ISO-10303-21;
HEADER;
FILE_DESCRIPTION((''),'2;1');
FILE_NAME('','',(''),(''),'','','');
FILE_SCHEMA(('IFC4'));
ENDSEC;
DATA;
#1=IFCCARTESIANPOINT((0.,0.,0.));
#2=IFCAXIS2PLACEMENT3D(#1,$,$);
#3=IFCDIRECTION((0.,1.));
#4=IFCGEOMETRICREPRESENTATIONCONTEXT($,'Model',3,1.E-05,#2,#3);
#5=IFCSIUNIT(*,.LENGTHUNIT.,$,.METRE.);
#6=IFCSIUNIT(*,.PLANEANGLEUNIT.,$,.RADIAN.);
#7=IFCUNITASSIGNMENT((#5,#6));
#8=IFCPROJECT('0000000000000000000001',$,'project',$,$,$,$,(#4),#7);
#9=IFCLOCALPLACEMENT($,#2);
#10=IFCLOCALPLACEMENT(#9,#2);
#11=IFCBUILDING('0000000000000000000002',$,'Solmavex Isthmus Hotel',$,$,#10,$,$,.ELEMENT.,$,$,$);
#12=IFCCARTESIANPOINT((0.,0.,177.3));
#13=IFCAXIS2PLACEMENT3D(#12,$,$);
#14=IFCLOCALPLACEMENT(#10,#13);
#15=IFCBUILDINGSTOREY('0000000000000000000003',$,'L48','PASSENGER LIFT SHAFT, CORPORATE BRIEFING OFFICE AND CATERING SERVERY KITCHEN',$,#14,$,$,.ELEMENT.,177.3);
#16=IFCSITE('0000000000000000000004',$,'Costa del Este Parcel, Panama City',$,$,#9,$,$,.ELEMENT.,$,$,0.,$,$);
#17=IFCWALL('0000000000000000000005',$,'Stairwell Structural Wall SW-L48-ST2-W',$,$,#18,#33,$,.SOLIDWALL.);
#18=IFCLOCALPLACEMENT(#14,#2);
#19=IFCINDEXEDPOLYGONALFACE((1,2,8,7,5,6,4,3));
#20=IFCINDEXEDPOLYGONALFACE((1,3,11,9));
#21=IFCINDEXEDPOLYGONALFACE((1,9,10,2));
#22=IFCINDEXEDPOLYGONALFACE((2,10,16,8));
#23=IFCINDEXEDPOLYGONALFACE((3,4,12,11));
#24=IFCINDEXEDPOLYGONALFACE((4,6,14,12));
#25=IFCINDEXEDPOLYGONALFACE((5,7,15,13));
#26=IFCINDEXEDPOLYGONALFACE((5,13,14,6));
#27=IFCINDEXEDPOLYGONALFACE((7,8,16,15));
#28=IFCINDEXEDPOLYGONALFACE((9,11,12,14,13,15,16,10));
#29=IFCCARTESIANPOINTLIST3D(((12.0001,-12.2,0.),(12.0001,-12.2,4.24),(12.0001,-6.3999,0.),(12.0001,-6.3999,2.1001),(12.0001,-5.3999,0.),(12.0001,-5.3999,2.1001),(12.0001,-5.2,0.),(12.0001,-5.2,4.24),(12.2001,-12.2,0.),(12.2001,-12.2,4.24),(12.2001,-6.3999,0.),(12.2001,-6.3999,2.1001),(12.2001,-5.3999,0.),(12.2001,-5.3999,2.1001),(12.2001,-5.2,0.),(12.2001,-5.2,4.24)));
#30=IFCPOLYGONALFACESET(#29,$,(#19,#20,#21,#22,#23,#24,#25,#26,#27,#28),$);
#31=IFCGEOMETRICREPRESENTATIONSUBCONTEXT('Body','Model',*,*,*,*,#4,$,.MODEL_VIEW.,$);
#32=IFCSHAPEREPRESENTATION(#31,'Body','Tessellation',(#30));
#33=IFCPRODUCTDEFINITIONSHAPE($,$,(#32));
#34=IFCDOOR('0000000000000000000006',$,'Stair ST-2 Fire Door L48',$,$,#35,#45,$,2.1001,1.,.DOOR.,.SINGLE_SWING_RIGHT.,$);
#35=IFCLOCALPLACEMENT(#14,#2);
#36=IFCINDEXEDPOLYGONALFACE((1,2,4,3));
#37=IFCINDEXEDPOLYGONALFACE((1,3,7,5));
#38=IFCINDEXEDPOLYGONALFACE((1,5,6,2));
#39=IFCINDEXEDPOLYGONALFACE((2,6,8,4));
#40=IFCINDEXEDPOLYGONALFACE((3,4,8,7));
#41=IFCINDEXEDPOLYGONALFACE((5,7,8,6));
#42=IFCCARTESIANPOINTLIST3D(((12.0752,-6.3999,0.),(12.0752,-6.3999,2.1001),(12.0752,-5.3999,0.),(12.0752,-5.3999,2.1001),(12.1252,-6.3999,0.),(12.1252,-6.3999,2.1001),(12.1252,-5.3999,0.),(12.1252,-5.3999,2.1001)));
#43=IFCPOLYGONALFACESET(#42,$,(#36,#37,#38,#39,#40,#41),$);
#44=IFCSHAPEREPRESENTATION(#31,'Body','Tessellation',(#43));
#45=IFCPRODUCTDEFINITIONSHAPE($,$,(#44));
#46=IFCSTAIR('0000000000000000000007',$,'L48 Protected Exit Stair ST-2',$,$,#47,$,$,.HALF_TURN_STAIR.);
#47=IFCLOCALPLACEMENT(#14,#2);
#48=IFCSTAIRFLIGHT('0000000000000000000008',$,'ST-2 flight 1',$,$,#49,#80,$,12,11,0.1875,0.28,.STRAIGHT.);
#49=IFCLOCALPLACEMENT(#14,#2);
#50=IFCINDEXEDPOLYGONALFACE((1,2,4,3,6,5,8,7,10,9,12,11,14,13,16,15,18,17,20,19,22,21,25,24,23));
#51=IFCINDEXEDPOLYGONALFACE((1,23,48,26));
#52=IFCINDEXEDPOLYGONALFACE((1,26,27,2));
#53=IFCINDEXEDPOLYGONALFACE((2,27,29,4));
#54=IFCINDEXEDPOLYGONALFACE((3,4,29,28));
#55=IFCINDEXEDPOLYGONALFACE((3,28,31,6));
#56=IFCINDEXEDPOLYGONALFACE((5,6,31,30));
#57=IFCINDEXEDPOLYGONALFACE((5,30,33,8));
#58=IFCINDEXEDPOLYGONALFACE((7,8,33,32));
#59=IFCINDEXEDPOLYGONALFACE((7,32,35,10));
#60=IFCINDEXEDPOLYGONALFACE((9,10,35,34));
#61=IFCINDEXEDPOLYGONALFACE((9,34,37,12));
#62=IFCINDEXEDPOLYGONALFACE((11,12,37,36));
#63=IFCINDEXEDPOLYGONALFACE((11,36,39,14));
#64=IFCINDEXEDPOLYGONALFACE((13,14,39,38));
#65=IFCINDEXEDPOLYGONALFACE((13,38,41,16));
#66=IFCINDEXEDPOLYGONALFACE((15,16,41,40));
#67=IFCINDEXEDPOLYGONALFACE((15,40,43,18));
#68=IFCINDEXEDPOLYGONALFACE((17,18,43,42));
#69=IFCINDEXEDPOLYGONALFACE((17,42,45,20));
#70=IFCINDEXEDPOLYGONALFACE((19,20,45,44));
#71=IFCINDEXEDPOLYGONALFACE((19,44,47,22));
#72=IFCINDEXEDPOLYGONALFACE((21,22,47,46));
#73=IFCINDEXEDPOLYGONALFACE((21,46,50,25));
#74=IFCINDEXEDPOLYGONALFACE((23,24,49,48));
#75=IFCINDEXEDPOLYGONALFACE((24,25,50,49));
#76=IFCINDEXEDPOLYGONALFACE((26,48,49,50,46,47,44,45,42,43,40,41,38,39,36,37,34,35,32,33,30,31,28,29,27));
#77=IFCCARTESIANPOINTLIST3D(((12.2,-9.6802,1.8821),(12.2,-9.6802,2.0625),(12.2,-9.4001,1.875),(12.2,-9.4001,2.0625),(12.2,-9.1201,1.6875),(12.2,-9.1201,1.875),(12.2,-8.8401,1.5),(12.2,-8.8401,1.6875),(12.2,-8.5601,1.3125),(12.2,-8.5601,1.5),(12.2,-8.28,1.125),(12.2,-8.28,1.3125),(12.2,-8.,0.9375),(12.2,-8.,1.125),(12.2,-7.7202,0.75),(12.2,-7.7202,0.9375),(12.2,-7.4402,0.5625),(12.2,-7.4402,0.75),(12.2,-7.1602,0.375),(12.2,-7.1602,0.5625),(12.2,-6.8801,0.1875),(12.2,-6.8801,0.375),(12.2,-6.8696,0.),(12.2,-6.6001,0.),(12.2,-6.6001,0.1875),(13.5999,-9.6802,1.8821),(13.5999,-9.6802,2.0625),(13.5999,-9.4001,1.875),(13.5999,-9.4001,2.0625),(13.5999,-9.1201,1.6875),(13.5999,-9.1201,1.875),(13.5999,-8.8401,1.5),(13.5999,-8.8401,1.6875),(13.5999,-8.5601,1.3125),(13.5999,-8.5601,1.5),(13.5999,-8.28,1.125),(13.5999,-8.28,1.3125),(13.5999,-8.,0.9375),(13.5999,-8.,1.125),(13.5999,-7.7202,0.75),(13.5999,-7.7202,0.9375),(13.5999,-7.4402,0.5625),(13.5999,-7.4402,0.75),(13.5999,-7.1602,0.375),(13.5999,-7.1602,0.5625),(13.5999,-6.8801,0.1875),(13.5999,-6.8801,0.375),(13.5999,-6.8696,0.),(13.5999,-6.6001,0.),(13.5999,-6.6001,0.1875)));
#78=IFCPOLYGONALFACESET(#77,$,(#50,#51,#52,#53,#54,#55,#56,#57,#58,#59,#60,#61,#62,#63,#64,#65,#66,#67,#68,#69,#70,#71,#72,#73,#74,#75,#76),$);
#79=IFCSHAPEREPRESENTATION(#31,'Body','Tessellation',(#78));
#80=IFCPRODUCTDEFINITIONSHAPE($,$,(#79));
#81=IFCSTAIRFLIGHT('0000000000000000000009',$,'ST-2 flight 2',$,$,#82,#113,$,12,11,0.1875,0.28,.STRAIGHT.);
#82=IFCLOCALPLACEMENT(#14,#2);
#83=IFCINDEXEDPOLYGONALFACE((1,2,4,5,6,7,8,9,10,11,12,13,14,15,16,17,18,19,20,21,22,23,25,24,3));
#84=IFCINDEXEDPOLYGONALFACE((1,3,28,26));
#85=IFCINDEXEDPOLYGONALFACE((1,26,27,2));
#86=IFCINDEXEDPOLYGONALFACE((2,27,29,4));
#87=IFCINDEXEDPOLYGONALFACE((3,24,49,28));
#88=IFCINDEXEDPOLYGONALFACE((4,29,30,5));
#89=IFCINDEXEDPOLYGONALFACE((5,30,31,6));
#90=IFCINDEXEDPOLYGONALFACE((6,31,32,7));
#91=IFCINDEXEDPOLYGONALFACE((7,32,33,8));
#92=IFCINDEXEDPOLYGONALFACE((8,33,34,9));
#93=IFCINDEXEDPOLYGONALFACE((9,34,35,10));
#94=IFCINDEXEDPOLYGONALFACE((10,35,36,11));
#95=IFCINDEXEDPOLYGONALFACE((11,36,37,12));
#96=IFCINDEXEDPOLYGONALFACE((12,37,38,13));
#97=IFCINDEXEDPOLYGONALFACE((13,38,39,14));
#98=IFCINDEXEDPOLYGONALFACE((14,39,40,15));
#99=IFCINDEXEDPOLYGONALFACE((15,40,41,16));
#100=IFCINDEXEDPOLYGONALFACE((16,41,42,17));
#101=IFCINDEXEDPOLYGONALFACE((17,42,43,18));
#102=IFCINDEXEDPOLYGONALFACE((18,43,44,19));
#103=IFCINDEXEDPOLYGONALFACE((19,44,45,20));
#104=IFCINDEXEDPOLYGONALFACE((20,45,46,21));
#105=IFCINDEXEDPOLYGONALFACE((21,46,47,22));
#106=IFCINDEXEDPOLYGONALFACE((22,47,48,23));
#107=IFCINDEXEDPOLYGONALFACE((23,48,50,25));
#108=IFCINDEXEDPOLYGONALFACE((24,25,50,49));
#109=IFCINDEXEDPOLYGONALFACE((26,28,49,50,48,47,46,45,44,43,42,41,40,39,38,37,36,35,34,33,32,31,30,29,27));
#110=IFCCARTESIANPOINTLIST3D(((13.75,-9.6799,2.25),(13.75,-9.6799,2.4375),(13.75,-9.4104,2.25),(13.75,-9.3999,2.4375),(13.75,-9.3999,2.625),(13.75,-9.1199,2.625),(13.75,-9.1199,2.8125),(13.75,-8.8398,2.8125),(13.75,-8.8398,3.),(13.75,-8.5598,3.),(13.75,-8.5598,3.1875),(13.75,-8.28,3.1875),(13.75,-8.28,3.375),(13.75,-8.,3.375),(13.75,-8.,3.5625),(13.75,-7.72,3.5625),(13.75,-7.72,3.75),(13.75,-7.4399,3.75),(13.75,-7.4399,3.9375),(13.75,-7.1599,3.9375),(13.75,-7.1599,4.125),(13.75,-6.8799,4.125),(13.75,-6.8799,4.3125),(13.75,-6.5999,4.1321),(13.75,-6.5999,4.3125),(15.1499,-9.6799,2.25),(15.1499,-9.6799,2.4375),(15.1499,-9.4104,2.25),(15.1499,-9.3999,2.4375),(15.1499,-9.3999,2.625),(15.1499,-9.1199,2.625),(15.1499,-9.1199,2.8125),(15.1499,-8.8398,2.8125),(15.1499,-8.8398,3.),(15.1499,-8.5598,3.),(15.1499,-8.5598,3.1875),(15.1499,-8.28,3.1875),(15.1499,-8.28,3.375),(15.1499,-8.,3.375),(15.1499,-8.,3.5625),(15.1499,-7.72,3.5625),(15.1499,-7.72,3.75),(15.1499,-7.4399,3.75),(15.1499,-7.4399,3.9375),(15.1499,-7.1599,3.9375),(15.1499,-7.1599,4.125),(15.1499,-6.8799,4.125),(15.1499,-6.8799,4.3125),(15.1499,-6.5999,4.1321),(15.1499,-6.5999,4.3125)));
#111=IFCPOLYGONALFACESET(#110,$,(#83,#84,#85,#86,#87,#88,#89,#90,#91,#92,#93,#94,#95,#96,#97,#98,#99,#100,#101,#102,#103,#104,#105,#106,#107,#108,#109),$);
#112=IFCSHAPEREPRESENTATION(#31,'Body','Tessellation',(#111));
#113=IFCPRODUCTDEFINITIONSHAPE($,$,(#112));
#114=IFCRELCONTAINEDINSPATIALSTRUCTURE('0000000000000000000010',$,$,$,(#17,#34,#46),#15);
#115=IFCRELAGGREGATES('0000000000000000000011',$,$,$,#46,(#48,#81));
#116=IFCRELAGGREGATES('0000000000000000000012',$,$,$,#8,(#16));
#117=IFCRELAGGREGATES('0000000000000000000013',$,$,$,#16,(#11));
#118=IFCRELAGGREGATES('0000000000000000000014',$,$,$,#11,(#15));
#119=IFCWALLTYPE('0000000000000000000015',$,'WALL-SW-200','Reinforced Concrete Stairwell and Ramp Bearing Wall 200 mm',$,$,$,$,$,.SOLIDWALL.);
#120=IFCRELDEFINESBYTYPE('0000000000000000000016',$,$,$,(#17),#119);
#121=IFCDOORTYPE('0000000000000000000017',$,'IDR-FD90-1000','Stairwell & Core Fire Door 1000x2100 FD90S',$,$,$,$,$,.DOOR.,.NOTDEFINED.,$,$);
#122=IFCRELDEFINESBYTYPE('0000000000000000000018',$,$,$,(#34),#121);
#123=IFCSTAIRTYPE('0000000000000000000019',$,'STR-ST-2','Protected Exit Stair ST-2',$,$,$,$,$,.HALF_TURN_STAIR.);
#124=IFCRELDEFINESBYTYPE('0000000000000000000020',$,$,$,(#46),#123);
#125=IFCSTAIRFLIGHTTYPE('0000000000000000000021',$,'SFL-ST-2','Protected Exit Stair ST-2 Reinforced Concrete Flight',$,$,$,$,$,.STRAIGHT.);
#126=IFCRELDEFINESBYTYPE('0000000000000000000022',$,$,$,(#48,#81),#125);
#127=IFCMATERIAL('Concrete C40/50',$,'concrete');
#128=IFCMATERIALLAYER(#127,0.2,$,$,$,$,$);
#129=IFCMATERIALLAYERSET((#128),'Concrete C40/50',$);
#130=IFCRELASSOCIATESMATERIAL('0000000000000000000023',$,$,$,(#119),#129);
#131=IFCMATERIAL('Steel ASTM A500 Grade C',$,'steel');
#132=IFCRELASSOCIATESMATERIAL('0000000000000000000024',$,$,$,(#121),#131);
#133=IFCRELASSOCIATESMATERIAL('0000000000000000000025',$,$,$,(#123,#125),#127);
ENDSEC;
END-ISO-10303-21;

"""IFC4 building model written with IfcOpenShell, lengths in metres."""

from ifc_helpers import new_model, si_unit, direction, frame, frame_2d, origin, place, context, subcontext, project, spatial, polyline, rectangle, outline, extrude, material, layer, layer_set, type_object, element, fill, aggregate, save


model = new_model("IFC4")

# Units and contexts
model_context = context("Model", 3, precision=1e-05, world=origin(), true_north=direction((0.0, 1.0)))
body_context = subcontext(model_context, "Body", "Model", "MODEL_VIEW")
ifc_project = project(units=[si_unit("LENGTHUNIT", "METRE"), si_unit("PLANEANGLEUNIT", "RADIAN")], contexts=[model_context])

# Site, building, storey
site_placement = place(None, origin())
site = spatial("IfcSite", under=ifc_project, at=site_placement, Name="Costa del Este Parcel, Panama City", CompositionType="ELEMENT", RefElevation=0.0)
building_placement = place(site_placement, origin())
building = spatial("IfcBuilding", under=site, at=building_placement, Name="Solmavex Isthmus Hotel", CompositionType="ELEMENT")
storey_placement = place(building_placement, frame((0.0, 0.0, 177.3)))
storey = spatial("IfcBuildingStorey", under=building, at=storey_placement, Name="L48", Description="PASSENGER LIFT SHAFT, CORPORATE BRIEFING OFFICE AND CATERING SERVERY KITCHEN", CompositionType="ELEMENT", Elevation=177.3)

# Shared definitions
ifc_material_1 = material(Name="Concrete C40/50", Category="concrete")

# Shared definitions
ifc_material_2 = material(Name="Steel ASTM A500 Grade C", Category="steel")

# Shared definitions
ifc_layer_1 = layer(ifc_material_1, 0.2)
ifc_layer_set_1 = layer_set([ifc_layer_1], Name="Concrete C40/50")
wall_type_1 = type_object("IfcWallType", Name="WALL-SW-200", Description="Reinforced Concrete Stairwell and Ramp Bearing Wall 200 mm", PredefinedType="SOLIDWALL", material=ifc_layer_set_1)

# Wall, opening, door
wall_1_placement = place(storey_placement, frame((12.1001, -12.2, 0.0), z_axis=(0.0, 0.0, 1.0), x_axis=(0.0, 1.0, 0.0)))
wall_1 = element("IfcWall", 1, at=wall_1_placement, inside=storey, type_object=wall_type_1, Name="Stairwell Structural Wall SW-L48-ST2-W", PredefinedType="SOLIDWALL", context=body_context, shape_type="SweptSolid", body=[
    extrude(rectangle(XDim=7.0, YDim=0.2, at=frame_2d((3.5, 0.0))), origin(), (0.0, 0.0, 1.0), 4.24),
])
opening_1_placement = place(wall_1_placement, frame((5.8, 0.0, 0.0)))
opening_1 = element("IfcOpeningElement", 2, at=opening_1_placement, cuts=wall_1, PredefinedType="OPENING", context=body_context, shape_type="SweptSolid", body=[
    extrude(rectangle(XDim=1.0, YDim=2.1001, at=frame_2d((0.5, 1.05))), frame((0.0, 0.1099, 0.0), z_axis=(0.0, -1.0, 0.0), x_axis=(1.0, 0.0, 0.0)), (0.0, 0.0, 1.0), 0.22),
])
door_type_1 = type_object("IfcDoorType", Name="IDR-FD90-1000", Description="Stairwell & Core Fire Door 1000x2100 FD90S", OperationType="NOTDEFINED", PredefinedType="DOOR", material=ifc_material_2)
door_1_placement = place(opening_1_placement, origin())
door_1 = element("IfcDoor", 3, at=door_1_placement, inside=storey, type_object=door_type_1, Name="Stair ST-2 Fire Door L48", OperationType="SINGLE_SWING_RIGHT", OverallHeight=2.1001, OverallWidth=1.0, PredefinedType="DOOR", context=body_context, shape_type="SweptSolid", body=[
    extrude(rectangle(XDim=1.0, YDim=2.1001, at=frame_2d((0.5, 1.05))), frame((0.0, 0.0249, 0.0), z_axis=(0.0, -1.0, 0.0), x_axis=(1.0, 0.0, 0.0)), (0.0, 0.0, 1.0), 0.05),
])
fill(opening_1, door_1)

# Stair, stair flights
stair_type = type_object("IfcStairType", Name="STR-ST-2", Description="Protected Exit Stair ST-2", PredefinedType="HALF_TURN_STAIR", material=ifc_material_1)
stair_placement = place(storey_placement, origin())
stair = element("IfcStair", 4, at=stair_placement, inside=storey, type_object=stair_type, Name="L48 Protected Exit Stair ST-2", PredefinedType="HALF_TURN_STAIR")
stair_flight_type = type_object("IfcStairFlightType", Name="SFL-ST-2", Description="Protected Exit Stair ST-2 Reinforced Concrete Flight", PredefinedType="STRAIGHT", material=ifc_material_1)
stair_flight_1_placement = place(storey_placement, frame((12.8999, -6.6001, 0.0), z_axis=(0.0, 0.0, 1.0), x_axis=(0.0, -1.0, 0.0)))
stair_flight_1 = element("IfcStairFlight", 5, at=stair_flight_1_placement, type_object=stair_flight_type, Name="ST-2 flight 1", NumberOfRisers=12, NumberOfTreads=11, PredefinedType="STRAIGHT", RiserHeight=0.1875, TreadLength=0.28, context=body_context, shape_type="SweptSolid", body=[
    extrude(outline(polyline([(0.0, 0.0), (0.0, 0.1875), (0.28, 0.1875), (0.28, 0.375), (0.5601, 0.375), (0.5601, 0.5625), (0.8401, 0.5625), (0.8401, 0.75), (1.1201, 0.75), (1.1201, 0.9375), (1.3999, 0.9375), (1.3999, 1.125), (1.6799, 1.125), (1.6799, 1.3125), (1.96, 1.3125), (1.96, 1.5), (2.24, 1.5), (2.24, 1.6875), (2.52, 1.6875), (2.52, 1.875), (2.8, 1.875), (2.8, 2.0625), (3.0801, 2.0625), (3.0801, 2.25), (3.0801, 1.8821), (0.2695, 0.0), (0.0, 0.0)])), frame((0.0, 0.7, 0.0), z_axis=(0.0, -1.0, 0.0), x_axis=(1.0, 0.0, 0.0)), (0.0, 0.0, 1.0), 1.3999),
])
stair_flight_2_placement = place(storey_placement, frame((14.45, -9.6799, 2.25), z_axis=(0.0, 0.0, 1.0), x_axis=(0.0, 1.0, 0.0)))
stair_flight_2 = element("IfcStairFlight", 6, at=stair_flight_2_placement, type_object=stair_flight_type, Name="ST-2 flight 2", NumberOfRisers=12, NumberOfTreads=11, PredefinedType="STRAIGHT", RiserHeight=0.1875, TreadLength=0.28, context=body_context, shape_type="SweptSolid", body=[
    extrude(outline(polyline([(0.0, 0.0), (0.0, 0.1875), (0.28, 0.1875), (0.28, 0.375), (0.5601, 0.375), (0.5601, 0.5625), (0.8401, 0.5625), (0.8401, 0.75), (1.1201, 0.75), (1.1201, 0.9375), (1.3999, 0.9375), (1.3999, 1.125), (1.6799, 1.125), (1.6799, 1.3125), (1.96, 1.3125), (1.96, 1.5), (2.24, 1.5), (2.24, 1.6875), (2.52, 1.6875), (2.52, 1.875), (2.8, 1.875), (2.8, 2.0625), (3.0801, 2.0625), (3.0801, 2.25), (3.0801, 1.8821), (0.2695, 0.0), (0.0, 0.0)])), frame((0.0, 0.7, 0.0), z_axis=(0.0, -1.0, 0.0), x_axis=(1.0, 0.0, 0.0)), (0.0, 0.0, 1.0), 1.3999),
])
aggregate(stair, [stair_flight_1, stair_flight_2])

save(model, "model.ifc")
